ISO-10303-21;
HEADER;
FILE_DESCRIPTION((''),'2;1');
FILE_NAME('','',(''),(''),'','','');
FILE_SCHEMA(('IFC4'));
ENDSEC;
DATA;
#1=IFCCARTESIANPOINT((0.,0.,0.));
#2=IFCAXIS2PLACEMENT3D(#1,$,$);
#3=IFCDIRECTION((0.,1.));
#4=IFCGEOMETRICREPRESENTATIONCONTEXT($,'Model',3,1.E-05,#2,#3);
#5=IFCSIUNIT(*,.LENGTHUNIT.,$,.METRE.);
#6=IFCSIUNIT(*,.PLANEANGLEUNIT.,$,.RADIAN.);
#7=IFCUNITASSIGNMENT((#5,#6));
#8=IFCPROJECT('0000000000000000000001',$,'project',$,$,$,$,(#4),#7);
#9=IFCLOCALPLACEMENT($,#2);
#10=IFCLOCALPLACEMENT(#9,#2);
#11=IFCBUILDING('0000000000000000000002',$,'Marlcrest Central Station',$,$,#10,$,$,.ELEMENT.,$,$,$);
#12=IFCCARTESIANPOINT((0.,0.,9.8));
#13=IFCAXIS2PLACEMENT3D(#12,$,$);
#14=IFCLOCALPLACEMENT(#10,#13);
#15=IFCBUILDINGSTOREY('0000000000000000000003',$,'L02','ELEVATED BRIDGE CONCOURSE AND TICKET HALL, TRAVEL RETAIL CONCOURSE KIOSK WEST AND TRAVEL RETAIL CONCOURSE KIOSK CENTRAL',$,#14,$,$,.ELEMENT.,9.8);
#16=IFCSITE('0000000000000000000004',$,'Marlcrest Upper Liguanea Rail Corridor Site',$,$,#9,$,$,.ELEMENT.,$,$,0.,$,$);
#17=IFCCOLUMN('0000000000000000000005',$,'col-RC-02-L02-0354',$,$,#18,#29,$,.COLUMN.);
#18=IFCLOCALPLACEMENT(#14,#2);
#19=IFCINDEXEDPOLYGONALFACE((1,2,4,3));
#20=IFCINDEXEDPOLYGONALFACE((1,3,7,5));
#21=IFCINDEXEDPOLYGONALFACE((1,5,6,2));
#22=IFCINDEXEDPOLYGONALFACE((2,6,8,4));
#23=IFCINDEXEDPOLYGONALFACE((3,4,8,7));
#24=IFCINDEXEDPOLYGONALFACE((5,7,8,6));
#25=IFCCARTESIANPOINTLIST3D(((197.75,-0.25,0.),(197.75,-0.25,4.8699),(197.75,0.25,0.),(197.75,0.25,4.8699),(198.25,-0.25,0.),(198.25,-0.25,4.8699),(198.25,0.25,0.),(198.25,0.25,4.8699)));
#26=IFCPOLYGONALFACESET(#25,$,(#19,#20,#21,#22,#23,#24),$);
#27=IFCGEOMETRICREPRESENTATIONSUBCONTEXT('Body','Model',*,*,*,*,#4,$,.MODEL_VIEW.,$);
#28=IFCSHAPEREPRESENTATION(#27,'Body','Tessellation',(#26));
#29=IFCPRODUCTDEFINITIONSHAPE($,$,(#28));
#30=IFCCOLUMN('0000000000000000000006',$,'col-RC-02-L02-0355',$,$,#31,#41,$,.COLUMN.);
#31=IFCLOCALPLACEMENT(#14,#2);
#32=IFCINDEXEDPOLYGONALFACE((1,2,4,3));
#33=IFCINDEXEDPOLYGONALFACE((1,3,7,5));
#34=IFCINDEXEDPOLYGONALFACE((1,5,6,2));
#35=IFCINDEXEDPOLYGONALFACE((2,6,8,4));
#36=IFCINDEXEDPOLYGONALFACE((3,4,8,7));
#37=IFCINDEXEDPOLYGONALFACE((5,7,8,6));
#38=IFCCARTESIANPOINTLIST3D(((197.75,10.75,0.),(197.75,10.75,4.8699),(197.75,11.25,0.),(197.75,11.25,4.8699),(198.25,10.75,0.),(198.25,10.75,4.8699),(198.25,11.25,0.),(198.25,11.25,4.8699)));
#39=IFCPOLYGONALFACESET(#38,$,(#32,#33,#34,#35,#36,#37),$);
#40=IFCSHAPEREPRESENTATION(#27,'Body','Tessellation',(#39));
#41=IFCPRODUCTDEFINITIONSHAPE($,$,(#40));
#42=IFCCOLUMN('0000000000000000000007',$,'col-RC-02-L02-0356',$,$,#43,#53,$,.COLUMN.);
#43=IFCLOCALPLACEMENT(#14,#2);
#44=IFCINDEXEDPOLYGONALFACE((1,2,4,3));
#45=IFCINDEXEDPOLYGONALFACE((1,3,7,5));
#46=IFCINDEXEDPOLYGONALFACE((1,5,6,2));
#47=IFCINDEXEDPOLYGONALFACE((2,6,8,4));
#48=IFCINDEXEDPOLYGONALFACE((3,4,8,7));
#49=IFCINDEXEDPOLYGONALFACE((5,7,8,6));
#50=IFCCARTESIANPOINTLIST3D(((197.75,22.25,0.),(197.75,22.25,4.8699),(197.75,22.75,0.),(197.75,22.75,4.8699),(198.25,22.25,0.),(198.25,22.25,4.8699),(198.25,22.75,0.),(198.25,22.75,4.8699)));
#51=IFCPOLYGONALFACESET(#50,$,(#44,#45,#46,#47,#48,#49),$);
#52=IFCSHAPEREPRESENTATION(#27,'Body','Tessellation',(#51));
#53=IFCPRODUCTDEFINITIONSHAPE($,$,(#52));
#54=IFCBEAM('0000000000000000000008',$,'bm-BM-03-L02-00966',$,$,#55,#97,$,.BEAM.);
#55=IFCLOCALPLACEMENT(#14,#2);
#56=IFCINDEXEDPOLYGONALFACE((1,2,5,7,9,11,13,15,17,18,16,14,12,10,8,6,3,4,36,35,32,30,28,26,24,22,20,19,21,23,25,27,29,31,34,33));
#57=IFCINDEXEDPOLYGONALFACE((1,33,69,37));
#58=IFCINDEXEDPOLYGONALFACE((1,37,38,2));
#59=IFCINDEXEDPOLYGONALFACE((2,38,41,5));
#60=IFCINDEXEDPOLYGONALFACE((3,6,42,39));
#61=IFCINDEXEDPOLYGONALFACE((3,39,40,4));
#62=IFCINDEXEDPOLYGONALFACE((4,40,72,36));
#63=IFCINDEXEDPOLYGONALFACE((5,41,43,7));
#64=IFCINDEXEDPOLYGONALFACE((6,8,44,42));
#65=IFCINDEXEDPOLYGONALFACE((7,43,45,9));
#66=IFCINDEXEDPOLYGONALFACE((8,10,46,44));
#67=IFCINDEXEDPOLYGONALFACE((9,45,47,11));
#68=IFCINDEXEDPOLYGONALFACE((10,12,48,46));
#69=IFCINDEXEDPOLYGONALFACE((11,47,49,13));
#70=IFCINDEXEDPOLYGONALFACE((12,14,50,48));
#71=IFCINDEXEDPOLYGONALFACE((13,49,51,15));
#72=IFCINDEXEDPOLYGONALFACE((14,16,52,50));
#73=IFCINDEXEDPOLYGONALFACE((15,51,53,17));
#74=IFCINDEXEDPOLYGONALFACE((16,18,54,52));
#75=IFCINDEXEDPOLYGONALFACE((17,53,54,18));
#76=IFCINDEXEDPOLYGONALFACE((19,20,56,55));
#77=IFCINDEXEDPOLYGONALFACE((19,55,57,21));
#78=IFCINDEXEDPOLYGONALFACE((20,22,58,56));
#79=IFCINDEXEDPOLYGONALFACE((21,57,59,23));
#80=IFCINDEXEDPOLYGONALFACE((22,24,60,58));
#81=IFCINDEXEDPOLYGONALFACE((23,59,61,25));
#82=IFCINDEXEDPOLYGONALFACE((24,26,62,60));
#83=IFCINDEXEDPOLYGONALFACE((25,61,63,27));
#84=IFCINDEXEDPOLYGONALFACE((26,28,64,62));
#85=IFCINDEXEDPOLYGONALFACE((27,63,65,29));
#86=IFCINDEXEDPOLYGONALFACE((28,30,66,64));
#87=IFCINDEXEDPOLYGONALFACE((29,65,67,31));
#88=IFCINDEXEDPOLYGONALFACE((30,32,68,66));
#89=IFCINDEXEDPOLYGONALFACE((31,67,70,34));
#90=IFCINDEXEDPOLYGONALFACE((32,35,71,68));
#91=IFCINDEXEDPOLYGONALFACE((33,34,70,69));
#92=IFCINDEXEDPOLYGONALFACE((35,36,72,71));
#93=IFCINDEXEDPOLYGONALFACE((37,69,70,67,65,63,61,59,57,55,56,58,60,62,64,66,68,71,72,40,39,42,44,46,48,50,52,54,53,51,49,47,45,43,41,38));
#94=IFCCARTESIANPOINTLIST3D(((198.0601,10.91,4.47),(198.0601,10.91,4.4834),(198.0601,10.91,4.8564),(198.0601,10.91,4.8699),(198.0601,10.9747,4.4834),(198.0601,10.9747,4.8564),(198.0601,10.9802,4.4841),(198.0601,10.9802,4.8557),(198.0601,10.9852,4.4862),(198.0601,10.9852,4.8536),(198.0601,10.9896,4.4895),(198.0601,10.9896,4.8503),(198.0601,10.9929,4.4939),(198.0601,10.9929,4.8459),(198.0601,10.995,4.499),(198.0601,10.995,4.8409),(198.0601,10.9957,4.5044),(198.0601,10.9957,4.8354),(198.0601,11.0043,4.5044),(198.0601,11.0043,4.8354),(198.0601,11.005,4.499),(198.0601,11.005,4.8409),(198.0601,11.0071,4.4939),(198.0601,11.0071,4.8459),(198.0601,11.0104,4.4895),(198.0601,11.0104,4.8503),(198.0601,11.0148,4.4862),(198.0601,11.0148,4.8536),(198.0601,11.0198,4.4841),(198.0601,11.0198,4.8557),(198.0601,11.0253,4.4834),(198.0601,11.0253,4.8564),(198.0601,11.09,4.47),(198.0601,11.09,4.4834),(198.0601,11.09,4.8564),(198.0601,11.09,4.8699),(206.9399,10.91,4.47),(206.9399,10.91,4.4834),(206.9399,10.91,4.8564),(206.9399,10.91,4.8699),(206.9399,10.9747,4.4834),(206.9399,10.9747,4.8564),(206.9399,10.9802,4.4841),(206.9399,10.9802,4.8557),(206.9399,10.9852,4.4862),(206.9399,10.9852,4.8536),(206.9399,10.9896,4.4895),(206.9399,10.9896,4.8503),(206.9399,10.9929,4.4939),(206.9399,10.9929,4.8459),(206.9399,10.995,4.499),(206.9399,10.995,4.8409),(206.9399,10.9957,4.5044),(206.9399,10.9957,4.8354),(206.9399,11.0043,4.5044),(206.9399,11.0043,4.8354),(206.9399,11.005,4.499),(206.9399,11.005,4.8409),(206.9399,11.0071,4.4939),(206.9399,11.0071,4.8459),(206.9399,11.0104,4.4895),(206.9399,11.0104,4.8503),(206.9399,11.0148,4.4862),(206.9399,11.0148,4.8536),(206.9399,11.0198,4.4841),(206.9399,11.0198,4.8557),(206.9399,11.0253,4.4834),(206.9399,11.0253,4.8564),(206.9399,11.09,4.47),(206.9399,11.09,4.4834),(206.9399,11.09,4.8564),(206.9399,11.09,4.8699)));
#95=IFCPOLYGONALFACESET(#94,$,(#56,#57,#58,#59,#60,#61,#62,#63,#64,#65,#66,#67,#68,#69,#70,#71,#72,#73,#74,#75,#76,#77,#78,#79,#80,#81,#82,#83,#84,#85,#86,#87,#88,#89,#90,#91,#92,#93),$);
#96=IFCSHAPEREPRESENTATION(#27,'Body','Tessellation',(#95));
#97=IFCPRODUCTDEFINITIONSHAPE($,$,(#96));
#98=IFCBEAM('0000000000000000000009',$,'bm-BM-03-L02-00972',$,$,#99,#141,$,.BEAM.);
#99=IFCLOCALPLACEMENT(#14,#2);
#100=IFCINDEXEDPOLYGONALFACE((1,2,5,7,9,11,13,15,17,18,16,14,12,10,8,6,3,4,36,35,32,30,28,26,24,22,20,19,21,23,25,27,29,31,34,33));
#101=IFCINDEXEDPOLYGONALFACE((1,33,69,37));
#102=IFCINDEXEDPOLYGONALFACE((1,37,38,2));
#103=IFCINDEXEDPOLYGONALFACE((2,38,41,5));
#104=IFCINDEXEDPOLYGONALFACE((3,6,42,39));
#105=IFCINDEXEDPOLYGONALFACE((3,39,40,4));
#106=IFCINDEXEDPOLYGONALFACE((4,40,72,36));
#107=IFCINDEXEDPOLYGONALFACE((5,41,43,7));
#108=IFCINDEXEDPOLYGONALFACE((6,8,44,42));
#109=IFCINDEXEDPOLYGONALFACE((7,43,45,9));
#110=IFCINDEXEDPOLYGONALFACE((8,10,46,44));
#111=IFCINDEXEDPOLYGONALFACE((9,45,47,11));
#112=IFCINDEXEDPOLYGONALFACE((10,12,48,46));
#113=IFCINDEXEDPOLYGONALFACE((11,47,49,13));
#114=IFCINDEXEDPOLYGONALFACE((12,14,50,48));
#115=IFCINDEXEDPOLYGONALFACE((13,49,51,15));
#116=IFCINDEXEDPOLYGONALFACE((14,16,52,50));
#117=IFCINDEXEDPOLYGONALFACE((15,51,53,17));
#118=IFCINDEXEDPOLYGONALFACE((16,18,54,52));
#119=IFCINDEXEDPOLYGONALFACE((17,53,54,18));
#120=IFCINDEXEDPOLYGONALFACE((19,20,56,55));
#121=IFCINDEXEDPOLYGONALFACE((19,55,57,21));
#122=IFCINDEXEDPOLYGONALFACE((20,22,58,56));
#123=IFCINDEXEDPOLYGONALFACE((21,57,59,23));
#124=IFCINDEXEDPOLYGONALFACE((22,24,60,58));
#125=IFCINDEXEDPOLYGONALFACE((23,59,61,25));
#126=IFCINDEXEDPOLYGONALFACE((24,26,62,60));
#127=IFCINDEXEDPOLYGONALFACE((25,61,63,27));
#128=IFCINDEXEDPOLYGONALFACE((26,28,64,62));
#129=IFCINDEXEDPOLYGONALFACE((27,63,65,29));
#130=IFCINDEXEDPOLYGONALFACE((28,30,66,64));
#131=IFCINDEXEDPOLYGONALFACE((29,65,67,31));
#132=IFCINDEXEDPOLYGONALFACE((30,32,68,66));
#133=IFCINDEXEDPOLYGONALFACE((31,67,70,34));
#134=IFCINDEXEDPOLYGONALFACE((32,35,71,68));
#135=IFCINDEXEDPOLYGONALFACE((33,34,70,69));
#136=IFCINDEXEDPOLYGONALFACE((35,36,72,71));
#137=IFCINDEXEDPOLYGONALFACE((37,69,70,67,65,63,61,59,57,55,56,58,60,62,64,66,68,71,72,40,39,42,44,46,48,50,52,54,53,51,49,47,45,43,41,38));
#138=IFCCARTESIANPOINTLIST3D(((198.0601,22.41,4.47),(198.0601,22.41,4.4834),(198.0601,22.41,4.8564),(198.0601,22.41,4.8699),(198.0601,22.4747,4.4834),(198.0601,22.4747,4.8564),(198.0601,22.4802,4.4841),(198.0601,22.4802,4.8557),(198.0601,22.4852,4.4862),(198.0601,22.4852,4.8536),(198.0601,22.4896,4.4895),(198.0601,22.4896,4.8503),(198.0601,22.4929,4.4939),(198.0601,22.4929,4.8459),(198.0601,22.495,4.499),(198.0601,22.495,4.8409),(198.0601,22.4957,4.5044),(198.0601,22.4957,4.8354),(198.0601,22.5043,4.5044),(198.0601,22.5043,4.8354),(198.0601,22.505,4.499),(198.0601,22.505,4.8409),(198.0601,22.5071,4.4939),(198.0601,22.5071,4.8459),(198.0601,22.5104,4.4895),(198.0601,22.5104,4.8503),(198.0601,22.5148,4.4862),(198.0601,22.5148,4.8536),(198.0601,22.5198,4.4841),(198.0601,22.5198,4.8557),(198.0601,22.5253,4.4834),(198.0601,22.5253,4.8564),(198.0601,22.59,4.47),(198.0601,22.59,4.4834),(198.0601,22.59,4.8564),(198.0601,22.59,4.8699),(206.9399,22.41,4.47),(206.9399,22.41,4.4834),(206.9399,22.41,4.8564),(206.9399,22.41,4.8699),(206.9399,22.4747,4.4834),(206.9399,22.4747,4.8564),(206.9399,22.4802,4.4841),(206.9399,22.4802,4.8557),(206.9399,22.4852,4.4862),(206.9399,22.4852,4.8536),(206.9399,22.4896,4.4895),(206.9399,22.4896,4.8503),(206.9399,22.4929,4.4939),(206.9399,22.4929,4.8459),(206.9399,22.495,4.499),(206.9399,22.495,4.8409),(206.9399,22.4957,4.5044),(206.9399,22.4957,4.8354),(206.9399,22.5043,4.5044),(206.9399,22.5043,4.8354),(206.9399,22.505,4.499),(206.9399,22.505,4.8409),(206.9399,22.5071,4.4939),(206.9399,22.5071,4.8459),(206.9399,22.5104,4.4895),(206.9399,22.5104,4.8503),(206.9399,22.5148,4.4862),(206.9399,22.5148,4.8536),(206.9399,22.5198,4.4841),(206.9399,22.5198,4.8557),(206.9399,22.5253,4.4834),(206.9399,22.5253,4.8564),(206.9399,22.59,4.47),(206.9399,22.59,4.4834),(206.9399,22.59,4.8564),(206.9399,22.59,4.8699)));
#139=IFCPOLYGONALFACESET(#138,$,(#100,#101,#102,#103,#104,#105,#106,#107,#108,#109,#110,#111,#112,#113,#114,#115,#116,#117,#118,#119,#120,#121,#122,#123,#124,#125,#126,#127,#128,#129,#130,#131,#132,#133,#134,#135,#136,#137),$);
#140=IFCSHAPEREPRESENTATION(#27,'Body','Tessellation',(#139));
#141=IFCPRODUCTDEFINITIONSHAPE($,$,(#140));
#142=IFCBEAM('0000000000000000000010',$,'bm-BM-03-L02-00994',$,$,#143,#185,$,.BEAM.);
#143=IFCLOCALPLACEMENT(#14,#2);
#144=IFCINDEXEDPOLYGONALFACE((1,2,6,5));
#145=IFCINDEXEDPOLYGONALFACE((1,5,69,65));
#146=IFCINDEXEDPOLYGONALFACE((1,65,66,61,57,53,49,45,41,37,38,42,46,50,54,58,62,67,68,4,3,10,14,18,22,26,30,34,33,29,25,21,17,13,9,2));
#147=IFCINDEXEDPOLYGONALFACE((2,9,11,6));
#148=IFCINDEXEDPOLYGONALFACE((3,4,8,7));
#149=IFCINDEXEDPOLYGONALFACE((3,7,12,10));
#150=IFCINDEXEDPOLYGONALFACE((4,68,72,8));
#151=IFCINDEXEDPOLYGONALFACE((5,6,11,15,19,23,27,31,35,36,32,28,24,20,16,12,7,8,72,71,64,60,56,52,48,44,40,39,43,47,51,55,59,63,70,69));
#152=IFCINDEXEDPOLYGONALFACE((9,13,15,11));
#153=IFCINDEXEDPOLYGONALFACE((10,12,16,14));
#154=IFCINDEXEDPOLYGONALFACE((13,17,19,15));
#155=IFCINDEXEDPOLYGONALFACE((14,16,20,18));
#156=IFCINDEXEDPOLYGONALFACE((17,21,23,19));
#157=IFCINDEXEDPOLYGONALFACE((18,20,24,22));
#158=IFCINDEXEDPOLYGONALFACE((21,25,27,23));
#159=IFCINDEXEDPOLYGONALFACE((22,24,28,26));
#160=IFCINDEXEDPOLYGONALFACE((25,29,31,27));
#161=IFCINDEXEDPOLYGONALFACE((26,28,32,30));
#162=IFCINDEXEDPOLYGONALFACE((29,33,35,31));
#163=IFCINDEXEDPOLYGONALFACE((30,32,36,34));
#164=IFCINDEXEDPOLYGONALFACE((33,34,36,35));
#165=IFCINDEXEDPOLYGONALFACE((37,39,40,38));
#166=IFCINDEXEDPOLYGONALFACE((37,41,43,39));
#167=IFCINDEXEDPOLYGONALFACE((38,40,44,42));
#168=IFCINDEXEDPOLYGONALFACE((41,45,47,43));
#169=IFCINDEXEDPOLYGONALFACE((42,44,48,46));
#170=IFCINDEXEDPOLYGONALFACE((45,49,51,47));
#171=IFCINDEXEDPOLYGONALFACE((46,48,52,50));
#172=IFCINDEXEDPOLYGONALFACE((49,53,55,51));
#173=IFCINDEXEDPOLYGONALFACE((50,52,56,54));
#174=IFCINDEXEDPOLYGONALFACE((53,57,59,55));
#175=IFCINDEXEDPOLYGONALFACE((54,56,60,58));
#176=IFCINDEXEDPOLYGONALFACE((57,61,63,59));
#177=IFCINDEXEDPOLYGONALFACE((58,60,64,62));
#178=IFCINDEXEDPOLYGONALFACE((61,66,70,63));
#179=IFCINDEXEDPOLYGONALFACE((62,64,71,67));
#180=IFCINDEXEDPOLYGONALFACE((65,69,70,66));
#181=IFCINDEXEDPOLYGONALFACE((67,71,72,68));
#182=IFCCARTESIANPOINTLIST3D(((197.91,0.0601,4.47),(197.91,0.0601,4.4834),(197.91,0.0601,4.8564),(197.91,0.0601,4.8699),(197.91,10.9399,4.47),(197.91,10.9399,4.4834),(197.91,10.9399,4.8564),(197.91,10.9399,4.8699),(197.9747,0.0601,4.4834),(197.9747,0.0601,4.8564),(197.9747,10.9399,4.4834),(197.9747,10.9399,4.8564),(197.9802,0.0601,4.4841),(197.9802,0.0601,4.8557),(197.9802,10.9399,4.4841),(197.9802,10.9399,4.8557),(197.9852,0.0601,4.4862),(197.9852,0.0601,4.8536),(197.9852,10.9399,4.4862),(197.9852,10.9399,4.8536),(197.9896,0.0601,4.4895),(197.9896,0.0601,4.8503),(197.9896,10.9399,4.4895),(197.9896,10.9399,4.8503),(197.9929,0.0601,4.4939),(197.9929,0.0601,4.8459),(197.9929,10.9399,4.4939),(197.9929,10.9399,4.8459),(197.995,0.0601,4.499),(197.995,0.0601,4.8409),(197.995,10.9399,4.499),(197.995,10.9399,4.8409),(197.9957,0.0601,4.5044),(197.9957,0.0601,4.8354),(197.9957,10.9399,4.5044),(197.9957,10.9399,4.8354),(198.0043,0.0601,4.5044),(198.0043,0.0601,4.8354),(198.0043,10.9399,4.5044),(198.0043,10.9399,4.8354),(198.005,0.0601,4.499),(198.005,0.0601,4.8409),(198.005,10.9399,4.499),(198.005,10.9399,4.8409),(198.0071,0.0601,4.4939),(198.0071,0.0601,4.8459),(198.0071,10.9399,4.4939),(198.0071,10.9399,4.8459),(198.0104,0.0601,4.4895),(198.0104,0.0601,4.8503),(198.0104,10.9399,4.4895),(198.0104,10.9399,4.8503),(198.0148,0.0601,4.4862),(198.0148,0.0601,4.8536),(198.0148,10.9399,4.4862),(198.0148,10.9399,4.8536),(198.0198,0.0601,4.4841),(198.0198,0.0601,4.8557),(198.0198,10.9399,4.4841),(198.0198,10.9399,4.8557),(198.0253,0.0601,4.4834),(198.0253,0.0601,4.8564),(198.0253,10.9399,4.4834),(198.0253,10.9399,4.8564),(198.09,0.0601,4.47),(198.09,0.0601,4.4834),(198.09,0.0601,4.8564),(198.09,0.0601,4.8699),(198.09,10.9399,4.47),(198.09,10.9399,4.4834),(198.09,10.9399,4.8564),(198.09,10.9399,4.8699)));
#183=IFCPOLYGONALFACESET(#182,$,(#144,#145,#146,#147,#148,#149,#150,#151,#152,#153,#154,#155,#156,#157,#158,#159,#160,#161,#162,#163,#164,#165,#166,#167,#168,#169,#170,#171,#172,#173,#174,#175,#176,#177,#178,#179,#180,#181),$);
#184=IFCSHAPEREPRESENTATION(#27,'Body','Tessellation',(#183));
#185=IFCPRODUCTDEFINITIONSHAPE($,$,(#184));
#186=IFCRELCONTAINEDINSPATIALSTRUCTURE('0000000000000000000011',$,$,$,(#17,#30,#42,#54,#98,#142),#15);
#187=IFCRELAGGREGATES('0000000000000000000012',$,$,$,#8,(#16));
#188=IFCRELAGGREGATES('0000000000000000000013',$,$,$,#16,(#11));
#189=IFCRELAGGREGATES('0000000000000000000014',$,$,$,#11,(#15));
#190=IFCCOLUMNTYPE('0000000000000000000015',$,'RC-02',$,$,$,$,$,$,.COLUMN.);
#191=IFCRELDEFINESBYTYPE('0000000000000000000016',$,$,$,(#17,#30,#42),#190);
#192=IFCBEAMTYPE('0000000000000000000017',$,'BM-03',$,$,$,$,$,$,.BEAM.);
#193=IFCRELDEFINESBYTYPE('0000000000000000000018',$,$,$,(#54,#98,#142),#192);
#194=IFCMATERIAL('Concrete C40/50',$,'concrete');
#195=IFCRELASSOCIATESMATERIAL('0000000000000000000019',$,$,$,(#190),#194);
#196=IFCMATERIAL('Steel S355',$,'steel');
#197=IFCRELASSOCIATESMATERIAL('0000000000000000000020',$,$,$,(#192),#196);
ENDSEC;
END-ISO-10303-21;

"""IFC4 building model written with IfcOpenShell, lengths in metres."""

from ifc_helpers import new_model, si_unit, direction, frame, origin, origin_2d, place, context, subcontext, project, spatial, rectangle, i_section, extrude, material, material_profile, profile_set, type_object, element, save


model = new_model("IFC4")

# Units and contexts
model_context = context("Model", 3, precision=1e-05, world=origin(), true_north=direction((0.0, 1.0)))
body_context = subcontext(model_context, "Body", "Model", "MODEL_VIEW")
ifc_project = project(units=[si_unit("LENGTHUNIT", "METRE"), si_unit("PLANEANGLEUNIT", "RADIAN")], contexts=[model_context])

# Site, building, storey
site_placement = place(None, origin())
site = spatial("IfcSite", under=ifc_project, at=site_placement, Name="Marlcrest Upper Liguanea Rail Corridor Site", CompositionType="ELEMENT", RefElevation=0.0)
building_placement = place(site_placement, origin())
building = spatial("IfcBuilding", under=site, at=building_placement, Name="Marlcrest Central Station", CompositionType="ELEMENT")
storey_placement = place(building_placement, frame((0.0, 0.0, 9.8)))
storey = spatial("IfcBuildingStorey", under=building, at=storey_placement, Name="L02", Description="ELEVATED BRIDGE CONCOURSE AND TICKET HALL, TRAVEL RETAIL CONCOURSE KIOSK WEST AND TRAVEL RETAIL CONCOURSE KIOSK CENTRAL", CompositionType="ELEMENT", Elevation=9.8)

# Columns
ifc_material_1 = material(Name="Concrete C40/50", Category="concrete")
ifc_material_profile_1 = material_profile(ifc_material_1, rectangle(XDim=0.5, YDim=0.5, at=origin_2d()), Name="RC 500x500")
ifc_profile_set_1 = profile_set([ifc_material_profile_1], Name="Concrete C40/50")
column_type = type_object("IfcColumnType", Name="RC-02", PredefinedType="COLUMN", material=ifc_profile_set_1)
for number, where, z_axis, x_axis, name in (
    (1, (198.0, 0.0, 0.0), (0.0, 0.0, 1.0), (1.0, 0.0, 0.0), "col-RC-02-L02-0354"),
    (2, (198.0, 11.0, 0.0), (0.0, 0.0, 1.0), (1.0, 0.0, 0.0), "col-RC-02-L02-0355"),
    (3, (198.0, 22.5, 0.0), (0.0, 0.0, 1.0), (1.0, 0.0, 0.0), "col-RC-02-L02-0356"),
):
    element("IfcColumn", number, at=place(storey_placement, frame(where, z_axis=z_axis, x_axis=x_axis)), inside=storey, type_object=column_type, Name=name, PredefinedType="COLUMN", context=body_context, shape_type="SweptSolid", body=[
        extrude(rectangle(XDim=0.5, YDim=0.5, at=origin_2d()), origin(), (0.0, 0.0, 1.0), 4.8699),
    ])

# Beams
ifc_material_2 = material(Name="Steel S355", Category="steel")
ifc_material_profile_2 = material_profile(ifc_material_2, i_section(OverallWidth=0.1799, OverallDepth=0.3999, WebThickness=0.0085, FlangeThickness=0.0134, FilletRadius=0.021, at=origin_2d()), Name="IPE 400")
ifc_profile_set_2 = profile_set([ifc_material_profile_2], Name="Steel S355")
beam_type_1 = type_object("IfcBeamType", Name="BM-03", PredefinedType="BEAM", material=ifc_profile_set_2)
for number, where, z_axis, x_axis, name in (
    (4, (198.0601, 11.0, 4.6699), (1.0, 0.0, 0.0), (0.0, 1.0, 0.0), "bm-BM-03-L02-00966"),
    (5, (198.0601, 22.5, 4.6699), (1.0, 0.0, 0.0), (0.0, 1.0, 0.0), "bm-BM-03-L02-00972"),
):
    element("IfcBeam", number, at=place(storey_placement, frame(where, z_axis=z_axis, x_axis=x_axis)), inside=storey, type_object=beam_type_1, Name=name, PredefinedType="BEAM", context=body_context, shape_type="SweptSolid", body=[
        extrude(i_section(OverallWidth=0.1799, OverallDepth=0.3999, WebThickness=0.0085, FlangeThickness=0.0134, FilletRadius=0.021, at=origin_2d()), origin(), (0.0, 0.0, 1.0), 8.8799),
    ])
beam_1_placement = place(storey_placement, frame((198.0, 0.0601, 4.6699), z_axis=(0.0, 1.0, 0.0), x_axis=(-1.0, 0.0, 0.0)))
element("IfcBeam", 6, at=beam_1_placement, inside=storey, type_object=beam_type_1, Name="bm-BM-03-L02-00994", PredefinedType="BEAM", context=body_context, shape_type="SweptSolid", body=[
    extrude(i_section(OverallWidth=0.1799, OverallDepth=0.3999, WebThickness=0.0085, FlangeThickness=0.0134, FilletRadius=0.021, at=origin_2d()), origin(), (0.0, 0.0, 1.0), 10.8799),
])

save(model, "model.ifc")
